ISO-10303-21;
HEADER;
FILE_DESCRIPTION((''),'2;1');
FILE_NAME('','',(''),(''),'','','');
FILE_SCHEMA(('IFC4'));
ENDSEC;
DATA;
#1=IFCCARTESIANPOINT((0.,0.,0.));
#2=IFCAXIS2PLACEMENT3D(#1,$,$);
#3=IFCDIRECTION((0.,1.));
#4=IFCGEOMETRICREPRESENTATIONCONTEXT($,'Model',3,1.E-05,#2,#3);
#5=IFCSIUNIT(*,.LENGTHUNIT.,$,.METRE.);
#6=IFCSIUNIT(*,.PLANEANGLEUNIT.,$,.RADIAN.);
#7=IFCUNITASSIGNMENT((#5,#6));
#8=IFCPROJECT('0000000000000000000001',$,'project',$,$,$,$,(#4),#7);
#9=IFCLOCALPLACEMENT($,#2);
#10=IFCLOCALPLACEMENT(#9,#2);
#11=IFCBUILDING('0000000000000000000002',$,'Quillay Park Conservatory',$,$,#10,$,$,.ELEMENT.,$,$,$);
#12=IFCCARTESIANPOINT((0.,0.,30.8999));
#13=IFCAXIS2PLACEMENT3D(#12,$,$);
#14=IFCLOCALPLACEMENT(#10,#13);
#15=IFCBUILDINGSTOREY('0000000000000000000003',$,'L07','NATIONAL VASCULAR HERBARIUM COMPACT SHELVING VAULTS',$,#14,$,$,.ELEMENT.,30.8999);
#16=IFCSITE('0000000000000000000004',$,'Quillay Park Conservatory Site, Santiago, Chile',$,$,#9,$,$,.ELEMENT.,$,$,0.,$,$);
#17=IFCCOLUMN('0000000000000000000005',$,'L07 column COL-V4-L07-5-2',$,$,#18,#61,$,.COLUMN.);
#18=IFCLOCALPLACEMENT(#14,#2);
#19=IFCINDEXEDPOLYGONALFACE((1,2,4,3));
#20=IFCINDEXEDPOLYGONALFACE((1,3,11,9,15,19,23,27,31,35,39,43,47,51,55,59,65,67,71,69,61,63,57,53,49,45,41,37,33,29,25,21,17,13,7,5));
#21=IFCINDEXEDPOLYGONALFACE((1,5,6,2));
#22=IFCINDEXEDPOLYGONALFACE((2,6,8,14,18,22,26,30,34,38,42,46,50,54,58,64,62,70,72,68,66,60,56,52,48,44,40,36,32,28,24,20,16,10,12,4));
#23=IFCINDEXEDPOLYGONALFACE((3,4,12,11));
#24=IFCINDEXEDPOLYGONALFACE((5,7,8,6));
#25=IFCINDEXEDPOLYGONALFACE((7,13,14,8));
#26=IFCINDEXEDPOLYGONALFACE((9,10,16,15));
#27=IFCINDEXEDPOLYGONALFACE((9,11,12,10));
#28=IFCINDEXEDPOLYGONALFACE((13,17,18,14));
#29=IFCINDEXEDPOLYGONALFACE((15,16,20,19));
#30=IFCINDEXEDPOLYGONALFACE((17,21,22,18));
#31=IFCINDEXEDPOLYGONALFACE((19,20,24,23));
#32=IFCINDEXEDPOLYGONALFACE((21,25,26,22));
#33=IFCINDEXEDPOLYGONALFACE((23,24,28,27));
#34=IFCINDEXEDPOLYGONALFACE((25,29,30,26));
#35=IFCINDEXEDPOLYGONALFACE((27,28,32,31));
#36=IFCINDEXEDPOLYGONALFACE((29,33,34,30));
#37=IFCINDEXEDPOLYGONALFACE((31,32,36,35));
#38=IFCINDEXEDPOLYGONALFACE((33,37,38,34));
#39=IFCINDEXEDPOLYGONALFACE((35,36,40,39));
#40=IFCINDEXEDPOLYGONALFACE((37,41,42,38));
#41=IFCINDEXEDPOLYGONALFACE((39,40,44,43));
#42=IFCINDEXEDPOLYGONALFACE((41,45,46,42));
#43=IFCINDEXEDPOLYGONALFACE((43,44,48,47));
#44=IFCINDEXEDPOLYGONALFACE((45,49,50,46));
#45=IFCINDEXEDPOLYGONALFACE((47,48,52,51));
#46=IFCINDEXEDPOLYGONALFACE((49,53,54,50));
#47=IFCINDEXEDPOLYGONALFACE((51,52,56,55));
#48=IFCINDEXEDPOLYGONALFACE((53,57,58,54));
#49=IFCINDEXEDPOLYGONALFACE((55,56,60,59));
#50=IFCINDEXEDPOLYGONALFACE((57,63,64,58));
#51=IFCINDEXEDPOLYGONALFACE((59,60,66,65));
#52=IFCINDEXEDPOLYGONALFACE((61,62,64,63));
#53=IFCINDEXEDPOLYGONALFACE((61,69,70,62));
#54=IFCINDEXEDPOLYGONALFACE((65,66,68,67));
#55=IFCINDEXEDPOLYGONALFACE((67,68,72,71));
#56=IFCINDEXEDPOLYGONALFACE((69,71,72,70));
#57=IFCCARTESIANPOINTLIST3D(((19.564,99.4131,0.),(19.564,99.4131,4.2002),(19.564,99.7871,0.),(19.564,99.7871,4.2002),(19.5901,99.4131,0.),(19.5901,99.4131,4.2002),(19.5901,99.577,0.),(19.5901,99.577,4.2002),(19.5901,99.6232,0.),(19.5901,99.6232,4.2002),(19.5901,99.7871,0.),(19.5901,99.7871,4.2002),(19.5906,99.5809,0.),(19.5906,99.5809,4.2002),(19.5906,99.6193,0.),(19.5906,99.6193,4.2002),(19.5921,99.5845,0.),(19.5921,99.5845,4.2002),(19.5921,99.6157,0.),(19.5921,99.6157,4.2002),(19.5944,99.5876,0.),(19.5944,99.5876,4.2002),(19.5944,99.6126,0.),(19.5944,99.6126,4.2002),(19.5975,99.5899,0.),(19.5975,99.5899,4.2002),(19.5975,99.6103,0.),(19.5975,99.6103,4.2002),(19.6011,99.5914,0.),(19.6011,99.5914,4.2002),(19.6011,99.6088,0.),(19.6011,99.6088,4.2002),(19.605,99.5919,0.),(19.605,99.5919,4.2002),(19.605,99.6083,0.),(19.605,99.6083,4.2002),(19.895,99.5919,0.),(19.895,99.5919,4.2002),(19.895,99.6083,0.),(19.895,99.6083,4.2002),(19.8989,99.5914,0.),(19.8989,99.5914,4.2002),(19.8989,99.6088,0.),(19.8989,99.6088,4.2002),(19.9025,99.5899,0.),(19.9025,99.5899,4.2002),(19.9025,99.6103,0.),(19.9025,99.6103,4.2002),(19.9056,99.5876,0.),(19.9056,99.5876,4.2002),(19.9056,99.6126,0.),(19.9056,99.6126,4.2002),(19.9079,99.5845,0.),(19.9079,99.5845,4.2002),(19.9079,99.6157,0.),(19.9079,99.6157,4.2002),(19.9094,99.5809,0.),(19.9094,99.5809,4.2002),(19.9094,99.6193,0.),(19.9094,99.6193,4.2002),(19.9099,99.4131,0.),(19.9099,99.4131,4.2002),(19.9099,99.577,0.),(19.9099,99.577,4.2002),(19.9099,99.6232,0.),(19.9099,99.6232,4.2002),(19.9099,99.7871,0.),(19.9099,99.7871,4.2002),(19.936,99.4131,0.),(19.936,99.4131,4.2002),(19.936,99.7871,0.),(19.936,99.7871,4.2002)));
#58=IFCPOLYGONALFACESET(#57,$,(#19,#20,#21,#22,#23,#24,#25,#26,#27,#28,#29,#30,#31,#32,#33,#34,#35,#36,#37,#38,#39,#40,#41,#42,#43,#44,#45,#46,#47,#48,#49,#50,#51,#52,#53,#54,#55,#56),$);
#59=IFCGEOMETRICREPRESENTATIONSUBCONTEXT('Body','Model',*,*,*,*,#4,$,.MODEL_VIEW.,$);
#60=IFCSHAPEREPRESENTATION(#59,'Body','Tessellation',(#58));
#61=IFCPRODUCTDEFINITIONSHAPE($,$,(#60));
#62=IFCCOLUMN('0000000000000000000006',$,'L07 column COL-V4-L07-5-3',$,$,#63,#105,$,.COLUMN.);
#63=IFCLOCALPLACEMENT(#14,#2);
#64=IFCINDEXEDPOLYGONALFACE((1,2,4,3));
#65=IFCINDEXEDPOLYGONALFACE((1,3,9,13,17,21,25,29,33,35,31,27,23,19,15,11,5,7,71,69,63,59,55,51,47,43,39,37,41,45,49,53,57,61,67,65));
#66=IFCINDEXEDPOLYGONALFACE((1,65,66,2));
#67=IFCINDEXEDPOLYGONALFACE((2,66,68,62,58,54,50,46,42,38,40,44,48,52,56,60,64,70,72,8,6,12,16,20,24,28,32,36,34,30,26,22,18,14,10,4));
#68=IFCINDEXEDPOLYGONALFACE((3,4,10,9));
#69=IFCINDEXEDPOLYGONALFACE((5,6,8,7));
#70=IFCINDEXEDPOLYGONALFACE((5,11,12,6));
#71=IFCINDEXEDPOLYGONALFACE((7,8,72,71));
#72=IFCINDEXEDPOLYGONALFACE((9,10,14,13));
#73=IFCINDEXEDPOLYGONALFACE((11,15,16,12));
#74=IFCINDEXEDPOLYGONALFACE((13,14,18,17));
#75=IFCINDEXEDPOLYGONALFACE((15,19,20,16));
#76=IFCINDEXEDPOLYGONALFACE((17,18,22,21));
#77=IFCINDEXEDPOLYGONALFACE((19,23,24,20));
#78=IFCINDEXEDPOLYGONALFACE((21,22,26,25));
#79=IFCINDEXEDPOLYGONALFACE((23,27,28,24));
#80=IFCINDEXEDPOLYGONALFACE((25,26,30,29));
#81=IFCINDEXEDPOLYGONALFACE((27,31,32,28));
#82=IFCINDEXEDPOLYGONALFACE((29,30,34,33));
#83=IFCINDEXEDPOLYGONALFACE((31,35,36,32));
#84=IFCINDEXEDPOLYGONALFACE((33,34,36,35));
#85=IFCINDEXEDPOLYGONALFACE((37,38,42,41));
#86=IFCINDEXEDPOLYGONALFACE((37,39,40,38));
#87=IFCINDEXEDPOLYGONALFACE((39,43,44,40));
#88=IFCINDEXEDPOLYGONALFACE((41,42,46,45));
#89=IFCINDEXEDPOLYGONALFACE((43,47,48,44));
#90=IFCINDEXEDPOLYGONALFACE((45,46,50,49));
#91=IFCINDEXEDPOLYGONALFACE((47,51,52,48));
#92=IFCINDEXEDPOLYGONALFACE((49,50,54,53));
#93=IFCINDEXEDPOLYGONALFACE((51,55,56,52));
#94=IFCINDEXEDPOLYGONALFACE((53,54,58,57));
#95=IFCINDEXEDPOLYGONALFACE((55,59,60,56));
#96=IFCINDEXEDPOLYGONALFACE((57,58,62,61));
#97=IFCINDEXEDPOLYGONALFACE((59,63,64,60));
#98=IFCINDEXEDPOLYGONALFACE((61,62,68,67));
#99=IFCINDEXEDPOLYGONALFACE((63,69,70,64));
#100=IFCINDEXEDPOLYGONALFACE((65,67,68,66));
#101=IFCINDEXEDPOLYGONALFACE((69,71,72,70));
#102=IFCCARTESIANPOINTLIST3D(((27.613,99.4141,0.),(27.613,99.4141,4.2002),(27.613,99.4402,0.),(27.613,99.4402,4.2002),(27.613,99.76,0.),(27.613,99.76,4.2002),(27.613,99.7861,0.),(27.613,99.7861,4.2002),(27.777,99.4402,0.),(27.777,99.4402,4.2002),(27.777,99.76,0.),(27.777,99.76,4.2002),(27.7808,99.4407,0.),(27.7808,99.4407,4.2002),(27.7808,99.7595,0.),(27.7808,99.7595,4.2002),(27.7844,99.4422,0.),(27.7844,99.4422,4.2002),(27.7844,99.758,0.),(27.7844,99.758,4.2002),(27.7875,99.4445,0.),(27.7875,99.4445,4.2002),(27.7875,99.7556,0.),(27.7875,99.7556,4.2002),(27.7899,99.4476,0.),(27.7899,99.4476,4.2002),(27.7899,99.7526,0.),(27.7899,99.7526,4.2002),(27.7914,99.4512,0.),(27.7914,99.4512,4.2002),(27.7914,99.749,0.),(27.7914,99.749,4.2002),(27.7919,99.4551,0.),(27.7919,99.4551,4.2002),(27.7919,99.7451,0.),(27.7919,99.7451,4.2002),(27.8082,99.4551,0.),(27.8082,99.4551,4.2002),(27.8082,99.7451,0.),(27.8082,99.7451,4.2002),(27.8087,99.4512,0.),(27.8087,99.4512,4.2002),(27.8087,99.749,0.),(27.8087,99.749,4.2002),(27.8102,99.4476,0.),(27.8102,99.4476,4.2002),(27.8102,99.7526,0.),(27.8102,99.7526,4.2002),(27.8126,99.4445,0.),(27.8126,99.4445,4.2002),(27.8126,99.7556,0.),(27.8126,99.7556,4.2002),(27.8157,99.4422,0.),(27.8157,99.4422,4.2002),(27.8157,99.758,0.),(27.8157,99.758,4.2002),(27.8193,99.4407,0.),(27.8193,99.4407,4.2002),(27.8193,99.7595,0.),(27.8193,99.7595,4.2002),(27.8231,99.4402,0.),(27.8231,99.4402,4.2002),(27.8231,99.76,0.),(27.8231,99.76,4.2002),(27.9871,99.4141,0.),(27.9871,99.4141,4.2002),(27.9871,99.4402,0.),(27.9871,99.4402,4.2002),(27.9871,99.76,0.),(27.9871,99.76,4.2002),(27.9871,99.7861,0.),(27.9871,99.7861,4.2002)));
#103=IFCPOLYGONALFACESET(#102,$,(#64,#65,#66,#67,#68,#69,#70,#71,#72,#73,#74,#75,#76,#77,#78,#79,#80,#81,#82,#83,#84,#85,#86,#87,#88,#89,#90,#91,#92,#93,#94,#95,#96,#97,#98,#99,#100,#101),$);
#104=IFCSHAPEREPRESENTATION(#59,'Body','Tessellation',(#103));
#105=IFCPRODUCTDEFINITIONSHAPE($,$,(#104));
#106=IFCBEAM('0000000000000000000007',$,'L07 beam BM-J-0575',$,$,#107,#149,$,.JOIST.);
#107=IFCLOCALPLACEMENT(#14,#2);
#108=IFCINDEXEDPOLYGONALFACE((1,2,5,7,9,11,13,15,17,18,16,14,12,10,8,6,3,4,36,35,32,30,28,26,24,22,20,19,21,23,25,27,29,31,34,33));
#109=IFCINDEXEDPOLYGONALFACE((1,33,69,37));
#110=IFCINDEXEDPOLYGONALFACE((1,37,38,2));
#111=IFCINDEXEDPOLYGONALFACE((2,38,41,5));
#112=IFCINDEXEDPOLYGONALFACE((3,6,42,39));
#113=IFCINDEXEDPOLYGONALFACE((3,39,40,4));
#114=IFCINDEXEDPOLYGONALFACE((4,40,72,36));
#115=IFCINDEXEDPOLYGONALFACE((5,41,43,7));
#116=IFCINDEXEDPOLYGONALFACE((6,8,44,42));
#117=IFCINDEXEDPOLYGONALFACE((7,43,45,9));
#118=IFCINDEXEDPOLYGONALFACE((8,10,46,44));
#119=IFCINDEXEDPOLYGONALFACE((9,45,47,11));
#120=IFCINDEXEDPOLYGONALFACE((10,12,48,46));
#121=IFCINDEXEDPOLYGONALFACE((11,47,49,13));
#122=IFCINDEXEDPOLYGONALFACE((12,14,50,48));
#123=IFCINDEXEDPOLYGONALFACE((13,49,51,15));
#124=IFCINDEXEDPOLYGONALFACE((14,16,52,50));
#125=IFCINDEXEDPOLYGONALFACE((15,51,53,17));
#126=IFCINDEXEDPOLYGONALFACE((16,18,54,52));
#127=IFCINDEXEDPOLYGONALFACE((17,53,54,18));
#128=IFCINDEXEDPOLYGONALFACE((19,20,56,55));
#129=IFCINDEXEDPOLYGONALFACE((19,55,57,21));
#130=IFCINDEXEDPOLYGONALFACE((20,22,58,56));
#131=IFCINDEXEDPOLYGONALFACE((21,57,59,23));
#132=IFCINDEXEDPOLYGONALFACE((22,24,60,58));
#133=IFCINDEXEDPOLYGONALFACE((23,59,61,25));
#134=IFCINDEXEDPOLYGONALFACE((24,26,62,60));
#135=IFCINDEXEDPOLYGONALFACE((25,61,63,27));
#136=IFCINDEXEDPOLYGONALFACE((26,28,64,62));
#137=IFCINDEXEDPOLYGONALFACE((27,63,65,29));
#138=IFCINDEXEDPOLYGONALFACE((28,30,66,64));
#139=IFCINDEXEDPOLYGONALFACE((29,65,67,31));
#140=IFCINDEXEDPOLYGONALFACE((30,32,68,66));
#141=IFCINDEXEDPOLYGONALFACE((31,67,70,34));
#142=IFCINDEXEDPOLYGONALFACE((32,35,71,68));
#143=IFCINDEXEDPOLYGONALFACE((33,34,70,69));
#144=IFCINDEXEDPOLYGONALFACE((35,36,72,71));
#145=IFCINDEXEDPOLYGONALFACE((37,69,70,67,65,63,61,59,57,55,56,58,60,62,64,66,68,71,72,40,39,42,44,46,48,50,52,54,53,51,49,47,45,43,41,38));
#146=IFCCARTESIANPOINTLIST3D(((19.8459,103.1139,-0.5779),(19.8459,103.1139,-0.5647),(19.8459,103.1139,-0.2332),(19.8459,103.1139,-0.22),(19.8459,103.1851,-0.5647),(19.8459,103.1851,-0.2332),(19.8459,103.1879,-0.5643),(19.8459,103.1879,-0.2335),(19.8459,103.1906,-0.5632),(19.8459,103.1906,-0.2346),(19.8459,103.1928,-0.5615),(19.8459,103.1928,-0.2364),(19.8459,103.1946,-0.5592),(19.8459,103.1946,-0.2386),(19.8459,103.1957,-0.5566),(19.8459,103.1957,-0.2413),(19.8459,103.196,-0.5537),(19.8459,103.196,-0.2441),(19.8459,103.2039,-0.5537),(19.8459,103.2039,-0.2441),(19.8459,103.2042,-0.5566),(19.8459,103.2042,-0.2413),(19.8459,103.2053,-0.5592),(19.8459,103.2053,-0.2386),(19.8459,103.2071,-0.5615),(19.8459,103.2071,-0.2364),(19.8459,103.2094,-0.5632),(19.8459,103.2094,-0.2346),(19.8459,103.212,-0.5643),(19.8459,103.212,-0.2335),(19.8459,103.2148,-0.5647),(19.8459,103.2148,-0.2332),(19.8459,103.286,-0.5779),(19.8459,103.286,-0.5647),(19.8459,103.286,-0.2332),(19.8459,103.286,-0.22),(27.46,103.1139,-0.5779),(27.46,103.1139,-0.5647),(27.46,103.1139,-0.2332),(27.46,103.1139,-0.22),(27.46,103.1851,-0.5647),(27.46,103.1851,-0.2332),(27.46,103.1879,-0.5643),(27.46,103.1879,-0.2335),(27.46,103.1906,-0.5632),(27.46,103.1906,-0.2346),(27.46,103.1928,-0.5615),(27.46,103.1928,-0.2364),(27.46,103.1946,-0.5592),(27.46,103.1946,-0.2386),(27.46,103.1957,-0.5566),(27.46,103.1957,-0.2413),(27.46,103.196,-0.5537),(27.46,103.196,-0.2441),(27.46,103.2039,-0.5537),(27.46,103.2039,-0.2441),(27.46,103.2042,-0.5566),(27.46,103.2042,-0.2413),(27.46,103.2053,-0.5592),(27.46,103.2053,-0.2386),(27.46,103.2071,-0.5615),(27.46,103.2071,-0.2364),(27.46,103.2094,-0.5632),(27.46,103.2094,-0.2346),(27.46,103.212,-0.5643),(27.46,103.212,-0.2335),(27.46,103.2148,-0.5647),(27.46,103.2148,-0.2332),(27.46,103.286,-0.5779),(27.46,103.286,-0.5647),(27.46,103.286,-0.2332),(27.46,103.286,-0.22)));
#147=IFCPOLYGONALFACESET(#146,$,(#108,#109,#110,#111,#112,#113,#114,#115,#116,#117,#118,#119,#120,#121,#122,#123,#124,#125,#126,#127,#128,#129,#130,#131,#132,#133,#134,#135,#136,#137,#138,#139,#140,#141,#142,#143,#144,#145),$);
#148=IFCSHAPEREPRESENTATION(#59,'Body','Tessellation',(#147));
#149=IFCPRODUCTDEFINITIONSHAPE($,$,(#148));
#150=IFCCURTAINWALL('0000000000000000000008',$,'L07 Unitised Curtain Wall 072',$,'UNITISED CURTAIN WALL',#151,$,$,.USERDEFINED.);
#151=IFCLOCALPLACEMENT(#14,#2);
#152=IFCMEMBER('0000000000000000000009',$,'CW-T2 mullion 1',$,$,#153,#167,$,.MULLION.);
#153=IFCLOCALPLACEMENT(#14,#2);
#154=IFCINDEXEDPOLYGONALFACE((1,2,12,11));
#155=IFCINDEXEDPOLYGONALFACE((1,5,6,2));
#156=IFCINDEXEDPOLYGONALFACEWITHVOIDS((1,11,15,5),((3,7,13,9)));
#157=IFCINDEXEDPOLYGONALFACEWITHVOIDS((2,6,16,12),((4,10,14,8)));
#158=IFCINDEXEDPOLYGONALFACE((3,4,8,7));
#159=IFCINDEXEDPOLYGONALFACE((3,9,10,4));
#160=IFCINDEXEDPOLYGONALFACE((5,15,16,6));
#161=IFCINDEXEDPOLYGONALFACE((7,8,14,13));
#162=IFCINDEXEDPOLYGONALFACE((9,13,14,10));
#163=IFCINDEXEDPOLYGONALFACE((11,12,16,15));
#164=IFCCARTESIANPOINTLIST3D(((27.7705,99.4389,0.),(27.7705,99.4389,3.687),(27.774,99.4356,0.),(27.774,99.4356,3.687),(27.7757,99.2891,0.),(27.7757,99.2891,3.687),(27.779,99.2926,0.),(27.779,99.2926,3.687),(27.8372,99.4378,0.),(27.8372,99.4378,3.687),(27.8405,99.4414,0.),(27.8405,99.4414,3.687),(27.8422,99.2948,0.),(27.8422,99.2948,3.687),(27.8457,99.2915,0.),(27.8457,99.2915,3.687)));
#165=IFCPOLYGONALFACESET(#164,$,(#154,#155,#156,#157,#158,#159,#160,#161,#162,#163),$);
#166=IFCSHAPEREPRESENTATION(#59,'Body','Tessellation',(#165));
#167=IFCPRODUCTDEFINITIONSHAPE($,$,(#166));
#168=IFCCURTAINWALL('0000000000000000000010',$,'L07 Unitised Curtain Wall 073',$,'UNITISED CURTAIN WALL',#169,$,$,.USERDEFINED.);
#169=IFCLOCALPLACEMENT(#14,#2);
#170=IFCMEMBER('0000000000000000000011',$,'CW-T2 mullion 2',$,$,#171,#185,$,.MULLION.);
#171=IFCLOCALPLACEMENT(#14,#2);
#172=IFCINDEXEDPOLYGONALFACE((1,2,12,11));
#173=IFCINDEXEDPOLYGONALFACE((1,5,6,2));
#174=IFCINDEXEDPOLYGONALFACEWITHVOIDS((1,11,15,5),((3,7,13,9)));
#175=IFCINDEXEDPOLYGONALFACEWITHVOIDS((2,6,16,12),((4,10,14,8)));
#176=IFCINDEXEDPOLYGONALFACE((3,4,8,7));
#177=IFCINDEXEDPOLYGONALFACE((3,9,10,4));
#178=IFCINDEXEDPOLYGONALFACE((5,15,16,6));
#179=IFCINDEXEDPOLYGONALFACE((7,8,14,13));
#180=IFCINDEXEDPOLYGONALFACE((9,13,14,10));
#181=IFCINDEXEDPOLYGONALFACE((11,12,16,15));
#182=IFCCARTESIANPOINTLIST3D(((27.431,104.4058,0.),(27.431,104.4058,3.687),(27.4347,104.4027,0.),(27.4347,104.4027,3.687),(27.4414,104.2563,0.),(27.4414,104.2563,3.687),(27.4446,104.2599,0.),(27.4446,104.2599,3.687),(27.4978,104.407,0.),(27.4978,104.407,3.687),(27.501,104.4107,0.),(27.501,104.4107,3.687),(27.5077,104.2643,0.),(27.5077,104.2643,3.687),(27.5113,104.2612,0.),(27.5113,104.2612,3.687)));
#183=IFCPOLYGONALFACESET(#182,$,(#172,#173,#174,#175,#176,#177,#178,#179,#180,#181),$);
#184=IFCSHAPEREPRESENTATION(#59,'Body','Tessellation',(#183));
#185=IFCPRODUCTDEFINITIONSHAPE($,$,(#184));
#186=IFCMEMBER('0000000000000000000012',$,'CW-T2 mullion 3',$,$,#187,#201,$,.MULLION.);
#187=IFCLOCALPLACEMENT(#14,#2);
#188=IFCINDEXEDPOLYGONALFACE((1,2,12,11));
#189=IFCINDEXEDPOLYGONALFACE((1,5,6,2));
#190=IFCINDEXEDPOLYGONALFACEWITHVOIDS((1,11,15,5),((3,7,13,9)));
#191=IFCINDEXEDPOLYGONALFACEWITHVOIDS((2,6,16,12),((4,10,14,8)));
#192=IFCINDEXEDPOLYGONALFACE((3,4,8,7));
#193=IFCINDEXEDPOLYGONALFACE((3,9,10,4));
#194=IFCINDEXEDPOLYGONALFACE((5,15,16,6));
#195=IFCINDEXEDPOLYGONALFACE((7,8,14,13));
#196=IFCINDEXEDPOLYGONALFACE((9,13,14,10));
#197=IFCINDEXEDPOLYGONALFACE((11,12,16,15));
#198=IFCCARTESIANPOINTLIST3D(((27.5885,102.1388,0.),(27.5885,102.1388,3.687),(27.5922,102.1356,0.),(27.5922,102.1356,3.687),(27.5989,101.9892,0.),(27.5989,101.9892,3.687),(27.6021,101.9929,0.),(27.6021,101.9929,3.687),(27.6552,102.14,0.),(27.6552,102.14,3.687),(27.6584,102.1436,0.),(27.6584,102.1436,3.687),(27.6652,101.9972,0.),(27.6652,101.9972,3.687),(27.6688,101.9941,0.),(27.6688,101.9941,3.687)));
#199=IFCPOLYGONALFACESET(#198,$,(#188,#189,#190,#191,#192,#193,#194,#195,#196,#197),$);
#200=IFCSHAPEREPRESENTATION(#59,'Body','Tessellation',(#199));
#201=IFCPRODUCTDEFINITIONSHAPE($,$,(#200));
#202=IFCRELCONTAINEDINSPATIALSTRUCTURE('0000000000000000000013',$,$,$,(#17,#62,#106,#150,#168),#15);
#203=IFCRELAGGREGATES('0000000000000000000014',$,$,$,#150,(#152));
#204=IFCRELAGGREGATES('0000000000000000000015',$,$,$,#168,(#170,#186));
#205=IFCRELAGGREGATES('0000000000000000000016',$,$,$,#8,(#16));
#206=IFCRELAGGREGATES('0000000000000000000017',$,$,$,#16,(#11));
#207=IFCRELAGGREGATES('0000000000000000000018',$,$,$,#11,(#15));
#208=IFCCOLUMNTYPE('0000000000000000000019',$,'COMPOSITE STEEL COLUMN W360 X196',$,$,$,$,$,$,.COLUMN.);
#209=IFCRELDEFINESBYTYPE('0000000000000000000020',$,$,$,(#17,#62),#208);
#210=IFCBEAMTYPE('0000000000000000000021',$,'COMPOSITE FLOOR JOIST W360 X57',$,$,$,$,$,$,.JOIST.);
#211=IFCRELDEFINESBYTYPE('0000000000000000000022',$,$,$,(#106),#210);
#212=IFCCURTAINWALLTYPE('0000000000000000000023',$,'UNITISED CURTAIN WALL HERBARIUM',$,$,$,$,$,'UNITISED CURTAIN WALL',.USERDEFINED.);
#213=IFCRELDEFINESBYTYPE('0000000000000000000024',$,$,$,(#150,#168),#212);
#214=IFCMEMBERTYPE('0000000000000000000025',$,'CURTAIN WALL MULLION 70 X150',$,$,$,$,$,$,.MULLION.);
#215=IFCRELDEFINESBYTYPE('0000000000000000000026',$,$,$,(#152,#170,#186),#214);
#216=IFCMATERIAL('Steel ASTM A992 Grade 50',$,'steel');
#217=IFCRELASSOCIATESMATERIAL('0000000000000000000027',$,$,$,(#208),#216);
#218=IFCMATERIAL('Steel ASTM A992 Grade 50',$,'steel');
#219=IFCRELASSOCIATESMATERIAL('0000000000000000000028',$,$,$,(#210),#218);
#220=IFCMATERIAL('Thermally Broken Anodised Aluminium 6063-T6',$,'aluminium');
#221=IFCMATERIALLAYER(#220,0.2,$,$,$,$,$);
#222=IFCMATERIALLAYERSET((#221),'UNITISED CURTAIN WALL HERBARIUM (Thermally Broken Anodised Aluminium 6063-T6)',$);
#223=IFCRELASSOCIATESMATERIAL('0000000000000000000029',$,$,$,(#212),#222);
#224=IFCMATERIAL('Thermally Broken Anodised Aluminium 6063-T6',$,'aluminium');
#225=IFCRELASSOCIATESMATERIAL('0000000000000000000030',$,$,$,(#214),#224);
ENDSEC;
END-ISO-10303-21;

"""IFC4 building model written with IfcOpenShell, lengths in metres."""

from ifc_helpers import new_model, si_unit, direction, frame, origin, origin_2d, place, context, subcontext, project, spatial, hollow_rectangle, i_section, extrude, material, layer, layer_set, material_profile, profile_set, type_object, element, aggregate, save


model = new_model("IFC4")

# Units and contexts
model_context = context("Model", 3, precision=1e-05, world=origin(), true_north=direction((0.0, 1.0)))
body_context = subcontext(model_context, "Body", "Model", "MODEL_VIEW")
ifc_project = project(units=[si_unit("LENGTHUNIT", "METRE"), si_unit("PLANEANGLEUNIT", "RADIAN")], contexts=[model_context])

# Site, building, storey
site_placement = place(None, origin())
site = spatial("IfcSite", under=ifc_project, at=site_placement, Name="Quillay Park Conservatory Site, Santiago, Chile", CompositionType="ELEMENT", RefElevation=0.0)
building_placement = place(site_placement, origin())
building = spatial("IfcBuilding", under=site, at=building_placement, Name="Quillay Park Conservatory", CompositionType="ELEMENT")
storey_placement = place(building_placement, frame((0.0, 0.0, 30.8999)))
storey = spatial("IfcBuildingStorey", under=building, at=storey_placement, Name="L07", Description="NATIONAL VASCULAR HERBARIUM COMPACT SHELVING VAULTS", CompositionType="ELEMENT", Elevation=30.8999)

# Columns
ifc_material_1 = material(Name="Steel ASTM A992 Grade 50", Category="steel")
ifc_material_profile_1 = material_profile(ifc_material_1, i_section(OverallWidth=0.374, OverallDepth=0.3721, WebThickness=0.0164, FlangeThickness=0.0261, FilletRadius=0.0149, at=origin_2d()), Name="W360x196")
ifc_profile_set_1 = profile_set([ifc_material_profile_1], Name="Steel ASTM A992 Grade 50")
column_type = type_object("IfcColumnType", Name="COMPOSITE STEEL COLUMN W360 X196", PredefinedType="COLUMN", material=ifc_profile_set_1)
for number, where, z_axis, x_axis, name in (
    (1, (19.75, 99.6001, 0.0), (0.0, 0.0, 1.0), (0.0, 1.0, 0.0), "L07 column COL-V4-L07-5-2"),
    (2, (27.8, 99.6001, 0.0), (0.0, 0.0, 1.0), (1.0, 0.0, 0.0), "L07 column COL-V4-L07-5-3"),
):
    element("IfcColumn", number, at=place(storey_placement, frame(where, z_axis=z_axis, x_axis=x_axis)), inside=storey, type_object=column_type, Name=name, PredefinedType="COLUMN", context=body_context, shape_type="SweptSolid", body=[
        extrude(i_section(OverallWidth=0.374, OverallDepth=0.3721, WebThickness=0.0164, FlangeThickness=0.0261, FilletRadius=0.0149, at=origin_2d()), origin(), (0.0, 0.0, 1.0), 4.2002),
    ])

# Beam
ifc_material_2 = material(Name="Steel ASTM A992 Grade 50", Category="steel")
ifc_material_profile_2 = material_profile(ifc_material_2, i_section(OverallWidth=0.1721, OverallDepth=0.3579, WebThickness=0.0078, FlangeThickness=0.0132, FilletRadius=0.011, at=origin_2d()), Name="W360x57")
ifc_profile_set_2 = profile_set([ifc_material_profile_2], Name="Steel ASTM A992 Grade 50")
beam_type_1 = type_object("IfcBeamType", Name="COMPOSITE FLOOR JOIST W360 X57", PredefinedType="JOIST", material=ifc_profile_set_2)
beam_1_placement = place(storey_placement, frame((19.8459, 103.2, -0.3989), z_axis=(1.0, 0.0, 0.0), x_axis=(0.0, 1.0, 0.0)))
element("IfcBeam", 3, at=beam_1_placement, inside=storey, type_object=beam_type_1, Name="L07 beam BM-J-0575", PredefinedType="JOIST", context=body_context, shape_type="SweptSolid", body=[
    extrude(i_section(OverallWidth=0.1721, OverallDepth=0.3579, WebThickness=0.0078, FlangeThickness=0.0132, FilletRadius=0.011, at=origin_2d()), origin(), (0.0, 0.0, 1.0), 7.614),
])

# Curtain wall, member
ifc_material_3 = material(Name="Thermally Broken Anodised Aluminium 6063-T6", Category="aluminium")
ifc_layer_1 = layer(ifc_material_3, 0.2)
ifc_layer_set_1 = layer_set([ifc_layer_1], Name="UNITISED CURTAIN WALL HERBARIUM (Thermally Broken Anodised Aluminium 6063-T6)")
curtain_wall_type = type_object("IfcCurtainWallType", Name="UNITISED CURTAIN WALL HERBARIUM", ElementType="UNITISED CURTAIN WALL", PredefinedType="USERDEFINED", material=ifc_layer_set_1)
curtain_wall_1_placement = place(storey_placement, origin())
curtain_wall_1 = element("IfcCurtainWall", 4, at=curtain_wall_1_placement, inside=storey, type_object=curtain_wall_type, Name="L07 Unitised Curtain Wall 072", ObjectType="UNITISED CURTAIN WALL", PredefinedType="USERDEFINED")
ifc_material_4 = material(Name="Thermally Broken Anodised Aluminium 6063-T6", Category="aluminium")
ifc_material_profile_3 = material_profile(ifc_material_4, hollow_rectangle(XDim=0.0701, YDim=0.1499, WallThickness=0.0034, at=origin_2d()), Name="AL70x150x3.5")
ifc_profile_set_3 = profile_set([ifc_material_profile_3], Name="Thermally Broken Anodised Aluminium 6063-T6")
member_type_1 = type_object("IfcMemberType", Name="CURTAIN WALL MULLION 70 X150", PredefinedType="MULLION", material=ifc_profile_set_3)
member_1_placement = place(storey_placement, frame((27.8081, 99.3652, 0.0), z_axis=(0.0, 0.0, 1.0), x_axis=(0.999397, 0.034713, 0.0)))
member_1 = element("IfcMember", 5, at=member_1_placement, type_object=member_type_1, Name="CW-T2 mullion 1", PredefinedType="MULLION", context=body_context, shape_type="SweptSolid", body=[
    extrude(hollow_rectangle(XDim=0.0701, YDim=0.1499, WallThickness=0.0034, at=origin_2d()), origin(), (0.0, 0.0, 1.0), 3.687),
])

# Curtain wall, members
curtain_wall_2_placement = place(storey_placement, origin())
curtain_wall_2 = element("IfcCurtainWall", 6, at=curtain_wall_2_placement, inside=storey, type_object=curtain_wall_type, Name="L07 Unitised Curtain Wall 073", ObjectType="UNITISED CURTAIN WALL", PredefinedType="USERDEFINED")
member_2_placement = place(storey_placement, frame((27.4712, 104.3335, 0.0), z_axis=(0.0, 0.0, 1.0), x_axis=(0.997598, 0.069264, 0.0)))
member_2 = element("IfcMember", 7, at=member_2_placement, type_object=member_type_1, Name="CW-T2 mullion 2", PredefinedType="MULLION", context=body_context, shape_type="SweptSolid", body=[
    extrude(hollow_rectangle(XDim=0.0701, YDim=0.1499, WallThickness=0.0034, at=origin_2d()), origin(), (0.0, 0.0, 1.0), 3.687),
])
member_3_placement = place(storey_placement, frame((27.6287, 102.0664, 0.0), z_axis=(0.0, 0.0, 1.0), x_axis=(0.997598, 0.069264, 0.0)))
member_3 = element("IfcMember", 8, at=member_3_placement, type_object=member_type_1, Name="CW-T2 mullion 3", PredefinedType="MULLION", context=body_context, shape_type="SweptSolid", body=[
    extrude(hollow_rectangle(XDim=0.0701, YDim=0.1499, WallThickness=0.0034, at=origin_2d()), origin(), (0.0, 0.0, 1.0), 3.687),
])

aggregate(curtain_wall_1, [member_1])

aggregate(curtain_wall_2, [member_2, member_3])

save(model, "model.ifc")
